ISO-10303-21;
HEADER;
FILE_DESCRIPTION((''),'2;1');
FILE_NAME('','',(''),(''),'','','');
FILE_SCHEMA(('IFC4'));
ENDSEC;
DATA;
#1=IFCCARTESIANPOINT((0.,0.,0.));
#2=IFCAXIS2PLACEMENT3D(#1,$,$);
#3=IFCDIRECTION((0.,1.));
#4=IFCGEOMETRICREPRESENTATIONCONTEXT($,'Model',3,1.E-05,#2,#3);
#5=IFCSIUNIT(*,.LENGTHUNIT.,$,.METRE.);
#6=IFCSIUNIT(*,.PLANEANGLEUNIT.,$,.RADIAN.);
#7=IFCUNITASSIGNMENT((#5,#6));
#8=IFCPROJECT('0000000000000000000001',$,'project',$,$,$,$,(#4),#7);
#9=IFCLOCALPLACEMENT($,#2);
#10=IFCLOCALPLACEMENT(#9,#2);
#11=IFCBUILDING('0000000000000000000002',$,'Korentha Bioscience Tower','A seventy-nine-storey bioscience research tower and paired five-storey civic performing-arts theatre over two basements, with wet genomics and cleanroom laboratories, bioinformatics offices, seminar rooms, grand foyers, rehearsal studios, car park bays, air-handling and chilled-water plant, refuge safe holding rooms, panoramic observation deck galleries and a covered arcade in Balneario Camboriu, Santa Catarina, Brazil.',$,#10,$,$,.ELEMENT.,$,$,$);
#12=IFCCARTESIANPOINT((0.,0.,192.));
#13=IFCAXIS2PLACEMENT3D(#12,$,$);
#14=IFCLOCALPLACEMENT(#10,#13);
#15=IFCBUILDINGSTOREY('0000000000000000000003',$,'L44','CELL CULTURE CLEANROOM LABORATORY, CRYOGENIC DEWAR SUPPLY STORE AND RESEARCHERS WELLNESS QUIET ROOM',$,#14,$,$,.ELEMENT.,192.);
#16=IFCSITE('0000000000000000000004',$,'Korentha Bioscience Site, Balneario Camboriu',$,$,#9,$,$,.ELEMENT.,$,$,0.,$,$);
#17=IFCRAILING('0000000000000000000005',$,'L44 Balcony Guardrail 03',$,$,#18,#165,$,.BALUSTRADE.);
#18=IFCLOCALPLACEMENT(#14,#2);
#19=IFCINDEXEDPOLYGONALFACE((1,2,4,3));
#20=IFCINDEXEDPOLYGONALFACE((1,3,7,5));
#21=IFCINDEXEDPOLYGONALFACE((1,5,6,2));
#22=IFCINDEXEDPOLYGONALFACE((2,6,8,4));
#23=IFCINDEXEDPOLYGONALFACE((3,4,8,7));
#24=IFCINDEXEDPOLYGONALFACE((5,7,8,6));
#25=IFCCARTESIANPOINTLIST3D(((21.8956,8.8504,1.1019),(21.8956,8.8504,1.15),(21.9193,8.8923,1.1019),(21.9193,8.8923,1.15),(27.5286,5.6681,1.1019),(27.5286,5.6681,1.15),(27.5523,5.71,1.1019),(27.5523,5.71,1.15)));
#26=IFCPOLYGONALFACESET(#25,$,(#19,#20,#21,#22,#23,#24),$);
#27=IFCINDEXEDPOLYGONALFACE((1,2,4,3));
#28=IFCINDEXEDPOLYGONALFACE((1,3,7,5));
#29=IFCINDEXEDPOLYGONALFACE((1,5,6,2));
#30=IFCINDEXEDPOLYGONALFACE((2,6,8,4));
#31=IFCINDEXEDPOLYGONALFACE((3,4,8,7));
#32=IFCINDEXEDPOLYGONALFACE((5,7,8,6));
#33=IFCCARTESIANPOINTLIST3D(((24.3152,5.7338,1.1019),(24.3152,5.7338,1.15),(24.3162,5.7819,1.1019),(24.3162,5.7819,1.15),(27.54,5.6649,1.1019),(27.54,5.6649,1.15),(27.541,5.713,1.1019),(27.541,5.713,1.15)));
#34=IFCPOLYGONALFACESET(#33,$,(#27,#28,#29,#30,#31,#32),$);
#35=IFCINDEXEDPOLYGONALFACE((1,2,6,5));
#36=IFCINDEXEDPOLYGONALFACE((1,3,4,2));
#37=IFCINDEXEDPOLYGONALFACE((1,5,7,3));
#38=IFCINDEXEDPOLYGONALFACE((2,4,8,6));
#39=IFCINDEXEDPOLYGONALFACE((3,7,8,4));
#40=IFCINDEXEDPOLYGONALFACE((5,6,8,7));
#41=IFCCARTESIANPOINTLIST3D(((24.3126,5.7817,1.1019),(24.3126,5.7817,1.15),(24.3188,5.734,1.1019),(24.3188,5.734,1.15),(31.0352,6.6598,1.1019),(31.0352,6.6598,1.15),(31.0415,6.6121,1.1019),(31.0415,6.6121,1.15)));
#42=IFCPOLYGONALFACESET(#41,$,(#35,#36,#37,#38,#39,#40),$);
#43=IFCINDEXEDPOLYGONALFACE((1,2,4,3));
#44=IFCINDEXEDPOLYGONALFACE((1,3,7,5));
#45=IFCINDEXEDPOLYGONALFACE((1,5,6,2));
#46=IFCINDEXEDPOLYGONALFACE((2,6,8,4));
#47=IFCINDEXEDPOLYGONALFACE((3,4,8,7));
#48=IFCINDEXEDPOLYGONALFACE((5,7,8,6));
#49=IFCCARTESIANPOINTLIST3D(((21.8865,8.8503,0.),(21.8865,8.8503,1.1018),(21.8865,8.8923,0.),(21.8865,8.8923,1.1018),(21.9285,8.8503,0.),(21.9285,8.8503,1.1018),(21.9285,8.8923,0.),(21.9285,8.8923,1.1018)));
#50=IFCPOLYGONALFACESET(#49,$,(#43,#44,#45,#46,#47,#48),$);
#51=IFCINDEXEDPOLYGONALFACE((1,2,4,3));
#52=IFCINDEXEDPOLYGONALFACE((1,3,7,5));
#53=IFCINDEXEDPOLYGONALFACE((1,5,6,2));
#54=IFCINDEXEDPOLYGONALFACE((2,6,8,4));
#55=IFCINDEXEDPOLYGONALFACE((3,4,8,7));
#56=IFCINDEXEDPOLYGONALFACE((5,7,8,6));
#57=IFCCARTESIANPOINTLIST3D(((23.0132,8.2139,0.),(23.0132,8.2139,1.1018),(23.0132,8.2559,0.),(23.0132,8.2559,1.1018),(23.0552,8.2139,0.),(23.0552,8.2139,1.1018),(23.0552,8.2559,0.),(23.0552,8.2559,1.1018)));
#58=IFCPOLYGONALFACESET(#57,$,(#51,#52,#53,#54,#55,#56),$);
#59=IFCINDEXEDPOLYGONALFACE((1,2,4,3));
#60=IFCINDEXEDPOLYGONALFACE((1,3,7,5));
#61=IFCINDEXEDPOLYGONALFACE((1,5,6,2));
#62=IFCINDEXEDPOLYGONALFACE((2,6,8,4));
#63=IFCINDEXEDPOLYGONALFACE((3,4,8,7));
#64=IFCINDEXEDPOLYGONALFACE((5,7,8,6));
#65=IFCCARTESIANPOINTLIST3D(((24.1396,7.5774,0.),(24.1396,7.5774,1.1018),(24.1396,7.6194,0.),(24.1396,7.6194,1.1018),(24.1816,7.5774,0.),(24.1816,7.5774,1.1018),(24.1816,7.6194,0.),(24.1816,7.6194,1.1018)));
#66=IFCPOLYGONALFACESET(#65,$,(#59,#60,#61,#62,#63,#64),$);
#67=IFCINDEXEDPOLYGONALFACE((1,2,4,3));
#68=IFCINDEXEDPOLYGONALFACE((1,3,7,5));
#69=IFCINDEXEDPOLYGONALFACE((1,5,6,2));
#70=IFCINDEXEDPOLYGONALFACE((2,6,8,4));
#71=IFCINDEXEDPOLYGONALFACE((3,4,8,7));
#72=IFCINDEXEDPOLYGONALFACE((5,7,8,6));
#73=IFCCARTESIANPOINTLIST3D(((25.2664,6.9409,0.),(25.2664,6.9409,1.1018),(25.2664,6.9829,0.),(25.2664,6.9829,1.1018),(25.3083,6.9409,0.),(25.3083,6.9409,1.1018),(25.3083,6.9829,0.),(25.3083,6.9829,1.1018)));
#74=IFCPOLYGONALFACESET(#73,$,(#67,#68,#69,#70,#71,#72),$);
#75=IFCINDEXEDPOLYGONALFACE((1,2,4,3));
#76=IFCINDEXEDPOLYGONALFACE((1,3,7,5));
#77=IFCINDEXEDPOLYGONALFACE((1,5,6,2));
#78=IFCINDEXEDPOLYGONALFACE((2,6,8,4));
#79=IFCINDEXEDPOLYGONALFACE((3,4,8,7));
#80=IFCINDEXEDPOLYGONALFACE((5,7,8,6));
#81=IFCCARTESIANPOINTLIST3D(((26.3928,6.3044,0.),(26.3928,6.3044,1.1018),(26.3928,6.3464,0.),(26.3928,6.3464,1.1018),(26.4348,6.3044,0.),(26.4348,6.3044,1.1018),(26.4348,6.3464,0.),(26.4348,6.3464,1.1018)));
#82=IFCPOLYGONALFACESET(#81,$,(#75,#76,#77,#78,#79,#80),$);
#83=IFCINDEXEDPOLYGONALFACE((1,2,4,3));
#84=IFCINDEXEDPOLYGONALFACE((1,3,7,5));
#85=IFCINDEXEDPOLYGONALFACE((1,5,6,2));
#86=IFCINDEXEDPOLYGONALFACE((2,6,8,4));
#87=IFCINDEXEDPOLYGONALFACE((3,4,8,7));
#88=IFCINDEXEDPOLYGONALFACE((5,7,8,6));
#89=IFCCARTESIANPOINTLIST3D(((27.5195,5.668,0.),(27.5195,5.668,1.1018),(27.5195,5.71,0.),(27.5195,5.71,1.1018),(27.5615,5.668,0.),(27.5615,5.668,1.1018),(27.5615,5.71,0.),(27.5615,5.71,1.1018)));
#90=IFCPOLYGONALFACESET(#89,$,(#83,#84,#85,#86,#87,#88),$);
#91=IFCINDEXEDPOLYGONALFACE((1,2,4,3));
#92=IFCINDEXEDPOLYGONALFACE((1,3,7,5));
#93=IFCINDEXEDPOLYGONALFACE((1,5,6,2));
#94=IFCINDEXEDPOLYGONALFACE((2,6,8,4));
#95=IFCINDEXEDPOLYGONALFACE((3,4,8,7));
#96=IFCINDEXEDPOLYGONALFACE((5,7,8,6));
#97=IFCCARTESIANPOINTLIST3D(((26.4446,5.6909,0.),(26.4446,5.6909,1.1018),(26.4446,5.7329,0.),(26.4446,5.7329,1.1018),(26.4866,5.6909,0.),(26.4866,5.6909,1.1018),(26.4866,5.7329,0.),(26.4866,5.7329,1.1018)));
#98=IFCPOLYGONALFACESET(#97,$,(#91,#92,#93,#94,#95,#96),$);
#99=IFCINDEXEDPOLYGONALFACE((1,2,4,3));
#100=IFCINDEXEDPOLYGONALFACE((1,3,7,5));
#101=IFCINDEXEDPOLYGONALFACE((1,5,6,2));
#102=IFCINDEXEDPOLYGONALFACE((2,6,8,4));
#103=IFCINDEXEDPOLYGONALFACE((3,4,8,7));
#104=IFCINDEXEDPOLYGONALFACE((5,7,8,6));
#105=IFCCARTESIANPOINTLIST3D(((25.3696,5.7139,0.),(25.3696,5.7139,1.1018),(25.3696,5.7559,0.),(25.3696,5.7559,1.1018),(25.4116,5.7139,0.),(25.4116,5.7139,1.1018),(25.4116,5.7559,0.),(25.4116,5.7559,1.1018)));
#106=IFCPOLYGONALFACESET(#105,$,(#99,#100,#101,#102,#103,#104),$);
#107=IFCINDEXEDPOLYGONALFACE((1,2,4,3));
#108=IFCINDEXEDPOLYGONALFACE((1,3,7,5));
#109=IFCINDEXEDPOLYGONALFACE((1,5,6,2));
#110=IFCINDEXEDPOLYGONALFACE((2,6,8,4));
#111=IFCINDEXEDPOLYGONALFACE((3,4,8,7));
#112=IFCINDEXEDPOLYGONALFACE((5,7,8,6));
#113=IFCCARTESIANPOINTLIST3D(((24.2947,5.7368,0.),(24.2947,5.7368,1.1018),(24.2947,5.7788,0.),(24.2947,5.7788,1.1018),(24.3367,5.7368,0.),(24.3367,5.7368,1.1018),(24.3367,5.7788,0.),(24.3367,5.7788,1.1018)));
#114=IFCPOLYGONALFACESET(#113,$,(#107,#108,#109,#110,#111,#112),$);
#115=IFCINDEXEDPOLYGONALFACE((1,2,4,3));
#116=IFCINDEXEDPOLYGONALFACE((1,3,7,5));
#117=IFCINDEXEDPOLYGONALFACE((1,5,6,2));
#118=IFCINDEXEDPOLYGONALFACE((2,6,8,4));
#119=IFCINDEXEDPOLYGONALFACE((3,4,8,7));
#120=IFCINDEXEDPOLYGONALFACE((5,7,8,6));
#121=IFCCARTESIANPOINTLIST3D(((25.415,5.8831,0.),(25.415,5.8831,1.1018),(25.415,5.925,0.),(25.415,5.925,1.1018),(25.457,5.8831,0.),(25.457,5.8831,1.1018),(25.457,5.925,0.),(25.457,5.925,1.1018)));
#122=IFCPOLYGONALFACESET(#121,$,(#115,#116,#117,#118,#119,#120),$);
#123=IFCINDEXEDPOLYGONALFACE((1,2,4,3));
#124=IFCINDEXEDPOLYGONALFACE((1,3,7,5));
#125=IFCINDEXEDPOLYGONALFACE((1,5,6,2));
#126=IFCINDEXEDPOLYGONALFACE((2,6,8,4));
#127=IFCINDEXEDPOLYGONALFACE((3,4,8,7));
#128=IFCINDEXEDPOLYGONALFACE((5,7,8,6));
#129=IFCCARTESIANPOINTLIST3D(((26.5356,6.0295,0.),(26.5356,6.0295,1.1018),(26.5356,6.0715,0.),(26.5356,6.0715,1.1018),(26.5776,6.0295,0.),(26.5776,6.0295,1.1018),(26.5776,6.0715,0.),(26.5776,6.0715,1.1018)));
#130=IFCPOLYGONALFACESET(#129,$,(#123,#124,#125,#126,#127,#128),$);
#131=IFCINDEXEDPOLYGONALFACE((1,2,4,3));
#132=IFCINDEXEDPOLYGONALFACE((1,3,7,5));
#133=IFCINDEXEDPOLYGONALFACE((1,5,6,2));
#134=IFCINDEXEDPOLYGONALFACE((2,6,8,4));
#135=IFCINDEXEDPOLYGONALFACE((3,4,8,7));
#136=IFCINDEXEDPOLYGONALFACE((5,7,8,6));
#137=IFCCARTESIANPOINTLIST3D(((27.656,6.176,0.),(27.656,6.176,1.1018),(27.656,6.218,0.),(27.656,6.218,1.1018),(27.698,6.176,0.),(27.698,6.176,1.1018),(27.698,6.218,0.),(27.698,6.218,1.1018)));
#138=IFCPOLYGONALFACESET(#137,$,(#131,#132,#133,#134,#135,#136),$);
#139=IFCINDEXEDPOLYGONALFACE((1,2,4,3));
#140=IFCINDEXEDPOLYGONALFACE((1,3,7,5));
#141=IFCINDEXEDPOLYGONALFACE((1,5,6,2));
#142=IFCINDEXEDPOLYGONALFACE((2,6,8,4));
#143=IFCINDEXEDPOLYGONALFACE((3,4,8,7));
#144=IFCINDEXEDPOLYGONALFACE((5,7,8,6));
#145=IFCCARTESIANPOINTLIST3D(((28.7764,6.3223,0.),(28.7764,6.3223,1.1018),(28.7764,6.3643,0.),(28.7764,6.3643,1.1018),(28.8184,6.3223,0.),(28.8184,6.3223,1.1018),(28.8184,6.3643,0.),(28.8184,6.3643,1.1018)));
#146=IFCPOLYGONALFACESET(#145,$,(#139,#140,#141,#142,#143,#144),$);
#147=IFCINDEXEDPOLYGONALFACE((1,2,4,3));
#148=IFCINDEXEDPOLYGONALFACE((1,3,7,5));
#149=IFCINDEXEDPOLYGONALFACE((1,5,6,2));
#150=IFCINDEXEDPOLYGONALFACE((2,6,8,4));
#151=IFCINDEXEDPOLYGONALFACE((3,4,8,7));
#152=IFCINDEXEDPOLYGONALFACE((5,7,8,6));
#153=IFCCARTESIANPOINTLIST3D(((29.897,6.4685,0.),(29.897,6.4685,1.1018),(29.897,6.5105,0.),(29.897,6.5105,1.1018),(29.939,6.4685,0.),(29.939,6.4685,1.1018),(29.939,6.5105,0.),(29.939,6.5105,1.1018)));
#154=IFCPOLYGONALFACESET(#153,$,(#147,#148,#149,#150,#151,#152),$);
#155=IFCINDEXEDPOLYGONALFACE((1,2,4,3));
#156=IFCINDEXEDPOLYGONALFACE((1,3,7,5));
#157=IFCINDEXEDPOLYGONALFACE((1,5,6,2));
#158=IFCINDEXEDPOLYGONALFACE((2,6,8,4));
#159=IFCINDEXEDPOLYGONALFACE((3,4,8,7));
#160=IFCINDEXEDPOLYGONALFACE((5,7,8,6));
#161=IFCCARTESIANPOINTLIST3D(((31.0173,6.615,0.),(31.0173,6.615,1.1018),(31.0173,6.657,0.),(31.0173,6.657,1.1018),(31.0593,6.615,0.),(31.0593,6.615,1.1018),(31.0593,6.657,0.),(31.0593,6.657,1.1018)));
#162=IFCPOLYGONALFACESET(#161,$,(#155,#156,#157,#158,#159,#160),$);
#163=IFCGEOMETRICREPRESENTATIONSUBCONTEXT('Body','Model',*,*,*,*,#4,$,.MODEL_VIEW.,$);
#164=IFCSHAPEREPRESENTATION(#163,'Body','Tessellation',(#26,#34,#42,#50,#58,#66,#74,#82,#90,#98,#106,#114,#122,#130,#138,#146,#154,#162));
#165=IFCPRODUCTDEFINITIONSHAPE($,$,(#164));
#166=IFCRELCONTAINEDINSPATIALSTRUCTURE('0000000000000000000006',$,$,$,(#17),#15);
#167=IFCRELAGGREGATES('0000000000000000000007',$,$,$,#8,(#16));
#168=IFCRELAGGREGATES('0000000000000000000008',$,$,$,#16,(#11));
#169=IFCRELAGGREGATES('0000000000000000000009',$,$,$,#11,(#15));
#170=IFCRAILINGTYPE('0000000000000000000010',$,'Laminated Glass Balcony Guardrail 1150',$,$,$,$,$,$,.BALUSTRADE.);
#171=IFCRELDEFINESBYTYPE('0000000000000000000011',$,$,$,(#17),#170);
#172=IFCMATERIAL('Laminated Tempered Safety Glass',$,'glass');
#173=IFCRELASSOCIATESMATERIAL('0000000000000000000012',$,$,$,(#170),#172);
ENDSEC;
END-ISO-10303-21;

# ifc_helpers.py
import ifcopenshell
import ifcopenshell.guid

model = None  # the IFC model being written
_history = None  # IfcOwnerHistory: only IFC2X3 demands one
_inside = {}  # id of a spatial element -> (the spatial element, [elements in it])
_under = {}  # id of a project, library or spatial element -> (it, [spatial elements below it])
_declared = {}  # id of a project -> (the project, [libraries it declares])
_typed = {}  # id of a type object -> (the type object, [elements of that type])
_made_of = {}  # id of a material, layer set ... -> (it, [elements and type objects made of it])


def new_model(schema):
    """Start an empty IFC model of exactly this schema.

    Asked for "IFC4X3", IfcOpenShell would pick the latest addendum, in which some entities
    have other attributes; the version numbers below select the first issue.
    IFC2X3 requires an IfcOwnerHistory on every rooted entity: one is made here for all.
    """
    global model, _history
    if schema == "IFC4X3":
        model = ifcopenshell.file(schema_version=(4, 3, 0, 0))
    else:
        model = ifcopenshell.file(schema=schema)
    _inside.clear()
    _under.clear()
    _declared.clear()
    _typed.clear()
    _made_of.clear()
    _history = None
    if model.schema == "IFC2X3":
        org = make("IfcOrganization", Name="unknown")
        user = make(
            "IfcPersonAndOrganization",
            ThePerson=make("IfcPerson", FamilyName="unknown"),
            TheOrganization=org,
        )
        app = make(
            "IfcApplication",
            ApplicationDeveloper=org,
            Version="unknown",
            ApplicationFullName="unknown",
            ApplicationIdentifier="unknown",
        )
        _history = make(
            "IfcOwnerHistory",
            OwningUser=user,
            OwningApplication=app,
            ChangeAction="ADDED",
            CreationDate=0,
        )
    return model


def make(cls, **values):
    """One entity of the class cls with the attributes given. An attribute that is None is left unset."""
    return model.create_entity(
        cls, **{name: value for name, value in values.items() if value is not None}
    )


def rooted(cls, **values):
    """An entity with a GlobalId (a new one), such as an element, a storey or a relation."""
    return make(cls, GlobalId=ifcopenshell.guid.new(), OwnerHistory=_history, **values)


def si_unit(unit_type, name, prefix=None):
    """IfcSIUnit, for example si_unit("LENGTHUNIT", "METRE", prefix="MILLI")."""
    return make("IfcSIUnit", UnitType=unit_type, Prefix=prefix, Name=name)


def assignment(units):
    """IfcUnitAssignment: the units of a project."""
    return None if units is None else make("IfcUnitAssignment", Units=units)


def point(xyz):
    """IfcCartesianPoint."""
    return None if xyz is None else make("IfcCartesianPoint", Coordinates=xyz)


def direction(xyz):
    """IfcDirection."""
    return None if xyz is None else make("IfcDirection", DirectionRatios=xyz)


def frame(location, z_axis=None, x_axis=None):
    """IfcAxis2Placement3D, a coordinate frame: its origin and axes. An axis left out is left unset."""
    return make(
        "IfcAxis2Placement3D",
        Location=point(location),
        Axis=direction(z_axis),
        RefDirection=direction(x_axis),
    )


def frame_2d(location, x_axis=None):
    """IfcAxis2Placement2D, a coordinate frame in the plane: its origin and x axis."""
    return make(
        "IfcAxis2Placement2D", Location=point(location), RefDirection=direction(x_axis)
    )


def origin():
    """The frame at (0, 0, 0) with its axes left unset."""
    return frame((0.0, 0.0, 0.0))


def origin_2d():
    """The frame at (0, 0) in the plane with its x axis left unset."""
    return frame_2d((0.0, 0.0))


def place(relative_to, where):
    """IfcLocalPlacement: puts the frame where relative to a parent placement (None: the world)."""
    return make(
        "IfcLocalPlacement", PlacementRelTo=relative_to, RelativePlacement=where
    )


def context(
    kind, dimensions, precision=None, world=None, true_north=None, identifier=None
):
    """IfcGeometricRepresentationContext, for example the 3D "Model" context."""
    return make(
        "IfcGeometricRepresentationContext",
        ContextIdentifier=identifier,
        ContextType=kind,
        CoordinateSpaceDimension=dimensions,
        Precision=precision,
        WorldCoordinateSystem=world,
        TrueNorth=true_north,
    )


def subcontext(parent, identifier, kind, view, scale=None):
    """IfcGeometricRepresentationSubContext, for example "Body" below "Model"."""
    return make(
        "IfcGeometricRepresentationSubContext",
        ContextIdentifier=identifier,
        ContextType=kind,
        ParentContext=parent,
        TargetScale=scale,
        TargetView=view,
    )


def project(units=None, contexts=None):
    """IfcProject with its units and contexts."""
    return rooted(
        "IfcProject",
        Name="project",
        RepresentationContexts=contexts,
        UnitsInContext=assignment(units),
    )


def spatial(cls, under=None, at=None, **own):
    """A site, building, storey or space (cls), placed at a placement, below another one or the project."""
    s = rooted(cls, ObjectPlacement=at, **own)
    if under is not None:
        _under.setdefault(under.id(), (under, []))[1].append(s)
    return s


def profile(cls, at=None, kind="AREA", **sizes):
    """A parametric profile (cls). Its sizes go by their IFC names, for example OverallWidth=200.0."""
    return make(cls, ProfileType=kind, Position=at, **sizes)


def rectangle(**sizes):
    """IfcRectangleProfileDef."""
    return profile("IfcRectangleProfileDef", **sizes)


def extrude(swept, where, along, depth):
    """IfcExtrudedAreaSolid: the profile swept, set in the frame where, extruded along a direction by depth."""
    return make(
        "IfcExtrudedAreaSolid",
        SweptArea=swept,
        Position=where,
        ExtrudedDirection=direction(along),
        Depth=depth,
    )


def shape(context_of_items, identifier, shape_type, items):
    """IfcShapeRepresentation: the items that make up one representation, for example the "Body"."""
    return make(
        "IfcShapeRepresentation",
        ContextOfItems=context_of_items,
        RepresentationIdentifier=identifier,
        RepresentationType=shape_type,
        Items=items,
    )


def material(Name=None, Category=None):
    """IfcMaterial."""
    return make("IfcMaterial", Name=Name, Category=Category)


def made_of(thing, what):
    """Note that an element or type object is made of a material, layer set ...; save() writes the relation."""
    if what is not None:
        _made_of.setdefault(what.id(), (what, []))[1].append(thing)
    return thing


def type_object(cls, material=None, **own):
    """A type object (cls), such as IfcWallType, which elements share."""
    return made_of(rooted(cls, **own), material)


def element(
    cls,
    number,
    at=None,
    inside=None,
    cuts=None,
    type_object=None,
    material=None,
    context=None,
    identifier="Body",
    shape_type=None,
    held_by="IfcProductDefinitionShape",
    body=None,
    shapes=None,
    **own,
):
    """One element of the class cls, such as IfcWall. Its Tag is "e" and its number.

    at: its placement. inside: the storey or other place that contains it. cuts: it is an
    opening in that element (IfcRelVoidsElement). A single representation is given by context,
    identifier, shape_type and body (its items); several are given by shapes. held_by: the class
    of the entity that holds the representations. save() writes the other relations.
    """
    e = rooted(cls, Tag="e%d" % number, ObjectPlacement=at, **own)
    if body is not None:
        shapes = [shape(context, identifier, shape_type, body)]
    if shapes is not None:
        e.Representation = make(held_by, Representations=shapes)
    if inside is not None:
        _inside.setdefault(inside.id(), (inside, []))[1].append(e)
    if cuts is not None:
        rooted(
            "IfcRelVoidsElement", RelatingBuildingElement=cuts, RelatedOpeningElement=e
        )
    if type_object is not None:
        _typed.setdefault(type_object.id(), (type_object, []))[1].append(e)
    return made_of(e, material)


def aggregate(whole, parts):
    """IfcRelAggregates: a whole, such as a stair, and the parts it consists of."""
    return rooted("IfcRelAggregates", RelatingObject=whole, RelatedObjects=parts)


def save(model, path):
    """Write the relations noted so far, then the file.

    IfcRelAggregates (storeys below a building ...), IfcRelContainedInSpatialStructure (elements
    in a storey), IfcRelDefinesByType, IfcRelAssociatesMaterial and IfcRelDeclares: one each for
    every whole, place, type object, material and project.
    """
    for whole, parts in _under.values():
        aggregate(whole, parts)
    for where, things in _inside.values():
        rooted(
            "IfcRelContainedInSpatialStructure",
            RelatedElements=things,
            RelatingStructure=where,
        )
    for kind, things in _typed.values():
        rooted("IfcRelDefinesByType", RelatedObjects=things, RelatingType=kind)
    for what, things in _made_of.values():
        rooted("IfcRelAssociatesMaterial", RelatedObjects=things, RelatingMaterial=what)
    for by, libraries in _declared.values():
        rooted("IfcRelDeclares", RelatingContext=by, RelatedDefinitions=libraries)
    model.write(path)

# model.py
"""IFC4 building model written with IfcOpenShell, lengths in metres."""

from ifc_helpers import new_model, si_unit, direction, frame, origin, origin_2d, place, context, subcontext, project, spatial, rectangle, extrude, material, type_object, element, save


model = new_model("IFC4")

# Units and contexts
model_context = context("Model", 3, precision=1e-05, world=origin(), true_north=direction((0.0, 1.0)))
body_context = subcontext(model_context, "Body", "Model", "MODEL_VIEW")
ifc_project = project(units=[si_unit("LENGTHUNIT", "METRE"), si_unit("PLANEANGLEUNIT", "RADIAN")], contexts=[model_context])

# Site, building, storey
site_placement = place(None, origin())
site = spatial("IfcSite", under=ifc_project, at=site_placement, Name="Korentha Bioscience Site, Balneario Camboriu", CompositionType="ELEMENT", RefElevation=0.0)
building_placement = place(site_placement, origin())
building = spatial("IfcBuilding", under=site, at=building_placement, Name="Korentha Bioscience Tower", Description="A seventy-nine-storey bioscience research tower and paired five-storey civic performing-arts theatre over two basements, with wet genomics and cleanroom laboratories, bioinformatics offices, seminar rooms, grand foyers, rehearsal studios, car park bays, air-handling and chilled-water plant, refuge safe holding rooms, panoramic observation deck galleries and a covered arcade in Balneario Camboriu, Santa Catarina, Brazil.", CompositionType="ELEMENT")
storey_placement = place(building_placement, frame((0.0, 0.0, 192.0)))
storey = spatial("IfcBuildingStorey", under=building, at=storey_placement, Name="L44", Description="CELL CULTURE CLEANROOM LABORATORY, CRYOGENIC DEWAR SUPPLY STORE AND RESEARCHERS WELLNESS QUIET ROOM", CompositionType="ELEMENT", Elevation=192.0)

# Railing
ifc_material_1 = material(Name="Laminated Tempered Safety Glass", Category="glass")
railing_type = type_object("IfcRailingType", Name="Laminated Glass Balcony Guardrail 1150", PredefinedType="BALUSTRADE", material=ifc_material_1)
railing_placement = place(storey_placement, frame((21.9075, 8.8713, 0.0)))
element("IfcRailing", 1, at=railing_placement, inside=storey, type_object=railing_type, Name="L44 Balcony Guardrail 03", PredefinedType="BALUSTRADE", context=body_context, shape_type="SweptSolid", body=[
    extrude(rectangle(XDim=0.0481, YDim=0.0481, at=origin_2d()), frame((0.0, 0.0, 1.126), z_axis=(0.870664, -0.491878, 0.0), x_axis=(0.491878, 0.870664, 0.0)), (0.0, 0.0, 1.0), 6.4697),
    extrude(rectangle(XDim=0.0481, YDim=0.0481, at=origin_2d()), frame((5.6331, -3.1824, 1.126), z_axis=(-0.999772, 0.021344, 0.0), x_axis=(-0.021344, -0.999772, 0.0)), (0.0, 0.0, 1.0), 3.2256),
    extrude(rectangle(XDim=0.0481, YDim=0.0481, at=origin_2d()), frame((2.4082, -3.1135, 1.126), z_axis=(0.991576, 0.129529, 0.0), x_axis=(-0.129529, 0.991576, 0.0)), (0.0, 0.0, 1.0), 6.7798),
    extrude(rectangle(XDim=0.042, YDim=0.042, at=origin_2d()), origin(), (0.0, 0.0, 1.0), 1.1018),
    extrude(rectangle(XDim=0.042, YDim=0.042, at=origin_2d()), frame((1.1267, -0.6365, 0.0)), (0.0, 0.0, 1.0), 1.1018),
    extrude(rectangle(XDim=0.042, YDim=0.042, at=origin_2d()), frame((2.2532, -1.2729, 0.0)), (0.0, 0.0, 1.0), 1.1018),
    extrude(rectangle(XDim=0.042, YDim=0.042, at=origin_2d()), frame((3.3799, -1.9094, 0.0)), (0.0, 0.0, 1.0), 1.1018),
    extrude(rectangle(XDim=0.042, YDim=0.042, at=origin_2d()), frame((4.5063, -2.5459, 0.0)), (0.0, 0.0, 1.0), 1.1018),
    extrude(rectangle(XDim=0.042, YDim=0.042, at=origin_2d()), frame((5.6331, -3.1824, 0.0)), (0.0, 0.0, 1.0), 1.1018),
    extrude(rectangle(XDim=0.042, YDim=0.042, at=origin_2d()), frame((4.5581, -3.1594, 0.0)), (0.0, 0.0, 1.0), 1.1018),
    extrude(rectangle(XDim=0.042, YDim=0.042, at=origin_2d()), frame((3.4832, -3.1365, 0.0)), (0.0, 0.0, 1.0), 1.1018),
    extrude(rectangle(XDim=0.042, YDim=0.042, at=origin_2d()), frame((2.4082, -3.1135, 0.0)), (0.0, 0.0, 1.0), 1.1018),
    extrude(rectangle(XDim=0.042, YDim=0.042, at=origin_2d()), frame((3.5286, -2.9673, 0.0)), (0.0, 0.0, 1.0), 1.1018),
    extrude(rectangle(XDim=0.042, YDim=0.042, at=origin_2d()), frame((4.6492, -2.8208, 0.0)), (0.0, 0.0, 1.0), 1.1018),
    extrude(rectangle(XDim=0.042, YDim=0.042, at=origin_2d()), frame((5.7695, -2.6743, 0.0)), (0.0, 0.0, 1.0), 1.1018),
    extrude(rectangle(XDim=0.042, YDim=0.042, at=origin_2d()), frame((6.8899, -2.5281, 0.0)), (0.0, 0.0, 1.0), 1.1018),
    extrude(rectangle(XDim=0.042, YDim=0.042, at=origin_2d()), frame((8.0105, -2.3818, 0.0)), (0.0, 0.0, 1.0), 1.1018),
    extrude(rectangle(XDim=0.042, YDim=0.042, at=origin_2d()), frame((9.1309, -2.2354, 0.0)), (0.0, 0.0, 1.0), 1.1018),
])

save(model, "model.ifc")
